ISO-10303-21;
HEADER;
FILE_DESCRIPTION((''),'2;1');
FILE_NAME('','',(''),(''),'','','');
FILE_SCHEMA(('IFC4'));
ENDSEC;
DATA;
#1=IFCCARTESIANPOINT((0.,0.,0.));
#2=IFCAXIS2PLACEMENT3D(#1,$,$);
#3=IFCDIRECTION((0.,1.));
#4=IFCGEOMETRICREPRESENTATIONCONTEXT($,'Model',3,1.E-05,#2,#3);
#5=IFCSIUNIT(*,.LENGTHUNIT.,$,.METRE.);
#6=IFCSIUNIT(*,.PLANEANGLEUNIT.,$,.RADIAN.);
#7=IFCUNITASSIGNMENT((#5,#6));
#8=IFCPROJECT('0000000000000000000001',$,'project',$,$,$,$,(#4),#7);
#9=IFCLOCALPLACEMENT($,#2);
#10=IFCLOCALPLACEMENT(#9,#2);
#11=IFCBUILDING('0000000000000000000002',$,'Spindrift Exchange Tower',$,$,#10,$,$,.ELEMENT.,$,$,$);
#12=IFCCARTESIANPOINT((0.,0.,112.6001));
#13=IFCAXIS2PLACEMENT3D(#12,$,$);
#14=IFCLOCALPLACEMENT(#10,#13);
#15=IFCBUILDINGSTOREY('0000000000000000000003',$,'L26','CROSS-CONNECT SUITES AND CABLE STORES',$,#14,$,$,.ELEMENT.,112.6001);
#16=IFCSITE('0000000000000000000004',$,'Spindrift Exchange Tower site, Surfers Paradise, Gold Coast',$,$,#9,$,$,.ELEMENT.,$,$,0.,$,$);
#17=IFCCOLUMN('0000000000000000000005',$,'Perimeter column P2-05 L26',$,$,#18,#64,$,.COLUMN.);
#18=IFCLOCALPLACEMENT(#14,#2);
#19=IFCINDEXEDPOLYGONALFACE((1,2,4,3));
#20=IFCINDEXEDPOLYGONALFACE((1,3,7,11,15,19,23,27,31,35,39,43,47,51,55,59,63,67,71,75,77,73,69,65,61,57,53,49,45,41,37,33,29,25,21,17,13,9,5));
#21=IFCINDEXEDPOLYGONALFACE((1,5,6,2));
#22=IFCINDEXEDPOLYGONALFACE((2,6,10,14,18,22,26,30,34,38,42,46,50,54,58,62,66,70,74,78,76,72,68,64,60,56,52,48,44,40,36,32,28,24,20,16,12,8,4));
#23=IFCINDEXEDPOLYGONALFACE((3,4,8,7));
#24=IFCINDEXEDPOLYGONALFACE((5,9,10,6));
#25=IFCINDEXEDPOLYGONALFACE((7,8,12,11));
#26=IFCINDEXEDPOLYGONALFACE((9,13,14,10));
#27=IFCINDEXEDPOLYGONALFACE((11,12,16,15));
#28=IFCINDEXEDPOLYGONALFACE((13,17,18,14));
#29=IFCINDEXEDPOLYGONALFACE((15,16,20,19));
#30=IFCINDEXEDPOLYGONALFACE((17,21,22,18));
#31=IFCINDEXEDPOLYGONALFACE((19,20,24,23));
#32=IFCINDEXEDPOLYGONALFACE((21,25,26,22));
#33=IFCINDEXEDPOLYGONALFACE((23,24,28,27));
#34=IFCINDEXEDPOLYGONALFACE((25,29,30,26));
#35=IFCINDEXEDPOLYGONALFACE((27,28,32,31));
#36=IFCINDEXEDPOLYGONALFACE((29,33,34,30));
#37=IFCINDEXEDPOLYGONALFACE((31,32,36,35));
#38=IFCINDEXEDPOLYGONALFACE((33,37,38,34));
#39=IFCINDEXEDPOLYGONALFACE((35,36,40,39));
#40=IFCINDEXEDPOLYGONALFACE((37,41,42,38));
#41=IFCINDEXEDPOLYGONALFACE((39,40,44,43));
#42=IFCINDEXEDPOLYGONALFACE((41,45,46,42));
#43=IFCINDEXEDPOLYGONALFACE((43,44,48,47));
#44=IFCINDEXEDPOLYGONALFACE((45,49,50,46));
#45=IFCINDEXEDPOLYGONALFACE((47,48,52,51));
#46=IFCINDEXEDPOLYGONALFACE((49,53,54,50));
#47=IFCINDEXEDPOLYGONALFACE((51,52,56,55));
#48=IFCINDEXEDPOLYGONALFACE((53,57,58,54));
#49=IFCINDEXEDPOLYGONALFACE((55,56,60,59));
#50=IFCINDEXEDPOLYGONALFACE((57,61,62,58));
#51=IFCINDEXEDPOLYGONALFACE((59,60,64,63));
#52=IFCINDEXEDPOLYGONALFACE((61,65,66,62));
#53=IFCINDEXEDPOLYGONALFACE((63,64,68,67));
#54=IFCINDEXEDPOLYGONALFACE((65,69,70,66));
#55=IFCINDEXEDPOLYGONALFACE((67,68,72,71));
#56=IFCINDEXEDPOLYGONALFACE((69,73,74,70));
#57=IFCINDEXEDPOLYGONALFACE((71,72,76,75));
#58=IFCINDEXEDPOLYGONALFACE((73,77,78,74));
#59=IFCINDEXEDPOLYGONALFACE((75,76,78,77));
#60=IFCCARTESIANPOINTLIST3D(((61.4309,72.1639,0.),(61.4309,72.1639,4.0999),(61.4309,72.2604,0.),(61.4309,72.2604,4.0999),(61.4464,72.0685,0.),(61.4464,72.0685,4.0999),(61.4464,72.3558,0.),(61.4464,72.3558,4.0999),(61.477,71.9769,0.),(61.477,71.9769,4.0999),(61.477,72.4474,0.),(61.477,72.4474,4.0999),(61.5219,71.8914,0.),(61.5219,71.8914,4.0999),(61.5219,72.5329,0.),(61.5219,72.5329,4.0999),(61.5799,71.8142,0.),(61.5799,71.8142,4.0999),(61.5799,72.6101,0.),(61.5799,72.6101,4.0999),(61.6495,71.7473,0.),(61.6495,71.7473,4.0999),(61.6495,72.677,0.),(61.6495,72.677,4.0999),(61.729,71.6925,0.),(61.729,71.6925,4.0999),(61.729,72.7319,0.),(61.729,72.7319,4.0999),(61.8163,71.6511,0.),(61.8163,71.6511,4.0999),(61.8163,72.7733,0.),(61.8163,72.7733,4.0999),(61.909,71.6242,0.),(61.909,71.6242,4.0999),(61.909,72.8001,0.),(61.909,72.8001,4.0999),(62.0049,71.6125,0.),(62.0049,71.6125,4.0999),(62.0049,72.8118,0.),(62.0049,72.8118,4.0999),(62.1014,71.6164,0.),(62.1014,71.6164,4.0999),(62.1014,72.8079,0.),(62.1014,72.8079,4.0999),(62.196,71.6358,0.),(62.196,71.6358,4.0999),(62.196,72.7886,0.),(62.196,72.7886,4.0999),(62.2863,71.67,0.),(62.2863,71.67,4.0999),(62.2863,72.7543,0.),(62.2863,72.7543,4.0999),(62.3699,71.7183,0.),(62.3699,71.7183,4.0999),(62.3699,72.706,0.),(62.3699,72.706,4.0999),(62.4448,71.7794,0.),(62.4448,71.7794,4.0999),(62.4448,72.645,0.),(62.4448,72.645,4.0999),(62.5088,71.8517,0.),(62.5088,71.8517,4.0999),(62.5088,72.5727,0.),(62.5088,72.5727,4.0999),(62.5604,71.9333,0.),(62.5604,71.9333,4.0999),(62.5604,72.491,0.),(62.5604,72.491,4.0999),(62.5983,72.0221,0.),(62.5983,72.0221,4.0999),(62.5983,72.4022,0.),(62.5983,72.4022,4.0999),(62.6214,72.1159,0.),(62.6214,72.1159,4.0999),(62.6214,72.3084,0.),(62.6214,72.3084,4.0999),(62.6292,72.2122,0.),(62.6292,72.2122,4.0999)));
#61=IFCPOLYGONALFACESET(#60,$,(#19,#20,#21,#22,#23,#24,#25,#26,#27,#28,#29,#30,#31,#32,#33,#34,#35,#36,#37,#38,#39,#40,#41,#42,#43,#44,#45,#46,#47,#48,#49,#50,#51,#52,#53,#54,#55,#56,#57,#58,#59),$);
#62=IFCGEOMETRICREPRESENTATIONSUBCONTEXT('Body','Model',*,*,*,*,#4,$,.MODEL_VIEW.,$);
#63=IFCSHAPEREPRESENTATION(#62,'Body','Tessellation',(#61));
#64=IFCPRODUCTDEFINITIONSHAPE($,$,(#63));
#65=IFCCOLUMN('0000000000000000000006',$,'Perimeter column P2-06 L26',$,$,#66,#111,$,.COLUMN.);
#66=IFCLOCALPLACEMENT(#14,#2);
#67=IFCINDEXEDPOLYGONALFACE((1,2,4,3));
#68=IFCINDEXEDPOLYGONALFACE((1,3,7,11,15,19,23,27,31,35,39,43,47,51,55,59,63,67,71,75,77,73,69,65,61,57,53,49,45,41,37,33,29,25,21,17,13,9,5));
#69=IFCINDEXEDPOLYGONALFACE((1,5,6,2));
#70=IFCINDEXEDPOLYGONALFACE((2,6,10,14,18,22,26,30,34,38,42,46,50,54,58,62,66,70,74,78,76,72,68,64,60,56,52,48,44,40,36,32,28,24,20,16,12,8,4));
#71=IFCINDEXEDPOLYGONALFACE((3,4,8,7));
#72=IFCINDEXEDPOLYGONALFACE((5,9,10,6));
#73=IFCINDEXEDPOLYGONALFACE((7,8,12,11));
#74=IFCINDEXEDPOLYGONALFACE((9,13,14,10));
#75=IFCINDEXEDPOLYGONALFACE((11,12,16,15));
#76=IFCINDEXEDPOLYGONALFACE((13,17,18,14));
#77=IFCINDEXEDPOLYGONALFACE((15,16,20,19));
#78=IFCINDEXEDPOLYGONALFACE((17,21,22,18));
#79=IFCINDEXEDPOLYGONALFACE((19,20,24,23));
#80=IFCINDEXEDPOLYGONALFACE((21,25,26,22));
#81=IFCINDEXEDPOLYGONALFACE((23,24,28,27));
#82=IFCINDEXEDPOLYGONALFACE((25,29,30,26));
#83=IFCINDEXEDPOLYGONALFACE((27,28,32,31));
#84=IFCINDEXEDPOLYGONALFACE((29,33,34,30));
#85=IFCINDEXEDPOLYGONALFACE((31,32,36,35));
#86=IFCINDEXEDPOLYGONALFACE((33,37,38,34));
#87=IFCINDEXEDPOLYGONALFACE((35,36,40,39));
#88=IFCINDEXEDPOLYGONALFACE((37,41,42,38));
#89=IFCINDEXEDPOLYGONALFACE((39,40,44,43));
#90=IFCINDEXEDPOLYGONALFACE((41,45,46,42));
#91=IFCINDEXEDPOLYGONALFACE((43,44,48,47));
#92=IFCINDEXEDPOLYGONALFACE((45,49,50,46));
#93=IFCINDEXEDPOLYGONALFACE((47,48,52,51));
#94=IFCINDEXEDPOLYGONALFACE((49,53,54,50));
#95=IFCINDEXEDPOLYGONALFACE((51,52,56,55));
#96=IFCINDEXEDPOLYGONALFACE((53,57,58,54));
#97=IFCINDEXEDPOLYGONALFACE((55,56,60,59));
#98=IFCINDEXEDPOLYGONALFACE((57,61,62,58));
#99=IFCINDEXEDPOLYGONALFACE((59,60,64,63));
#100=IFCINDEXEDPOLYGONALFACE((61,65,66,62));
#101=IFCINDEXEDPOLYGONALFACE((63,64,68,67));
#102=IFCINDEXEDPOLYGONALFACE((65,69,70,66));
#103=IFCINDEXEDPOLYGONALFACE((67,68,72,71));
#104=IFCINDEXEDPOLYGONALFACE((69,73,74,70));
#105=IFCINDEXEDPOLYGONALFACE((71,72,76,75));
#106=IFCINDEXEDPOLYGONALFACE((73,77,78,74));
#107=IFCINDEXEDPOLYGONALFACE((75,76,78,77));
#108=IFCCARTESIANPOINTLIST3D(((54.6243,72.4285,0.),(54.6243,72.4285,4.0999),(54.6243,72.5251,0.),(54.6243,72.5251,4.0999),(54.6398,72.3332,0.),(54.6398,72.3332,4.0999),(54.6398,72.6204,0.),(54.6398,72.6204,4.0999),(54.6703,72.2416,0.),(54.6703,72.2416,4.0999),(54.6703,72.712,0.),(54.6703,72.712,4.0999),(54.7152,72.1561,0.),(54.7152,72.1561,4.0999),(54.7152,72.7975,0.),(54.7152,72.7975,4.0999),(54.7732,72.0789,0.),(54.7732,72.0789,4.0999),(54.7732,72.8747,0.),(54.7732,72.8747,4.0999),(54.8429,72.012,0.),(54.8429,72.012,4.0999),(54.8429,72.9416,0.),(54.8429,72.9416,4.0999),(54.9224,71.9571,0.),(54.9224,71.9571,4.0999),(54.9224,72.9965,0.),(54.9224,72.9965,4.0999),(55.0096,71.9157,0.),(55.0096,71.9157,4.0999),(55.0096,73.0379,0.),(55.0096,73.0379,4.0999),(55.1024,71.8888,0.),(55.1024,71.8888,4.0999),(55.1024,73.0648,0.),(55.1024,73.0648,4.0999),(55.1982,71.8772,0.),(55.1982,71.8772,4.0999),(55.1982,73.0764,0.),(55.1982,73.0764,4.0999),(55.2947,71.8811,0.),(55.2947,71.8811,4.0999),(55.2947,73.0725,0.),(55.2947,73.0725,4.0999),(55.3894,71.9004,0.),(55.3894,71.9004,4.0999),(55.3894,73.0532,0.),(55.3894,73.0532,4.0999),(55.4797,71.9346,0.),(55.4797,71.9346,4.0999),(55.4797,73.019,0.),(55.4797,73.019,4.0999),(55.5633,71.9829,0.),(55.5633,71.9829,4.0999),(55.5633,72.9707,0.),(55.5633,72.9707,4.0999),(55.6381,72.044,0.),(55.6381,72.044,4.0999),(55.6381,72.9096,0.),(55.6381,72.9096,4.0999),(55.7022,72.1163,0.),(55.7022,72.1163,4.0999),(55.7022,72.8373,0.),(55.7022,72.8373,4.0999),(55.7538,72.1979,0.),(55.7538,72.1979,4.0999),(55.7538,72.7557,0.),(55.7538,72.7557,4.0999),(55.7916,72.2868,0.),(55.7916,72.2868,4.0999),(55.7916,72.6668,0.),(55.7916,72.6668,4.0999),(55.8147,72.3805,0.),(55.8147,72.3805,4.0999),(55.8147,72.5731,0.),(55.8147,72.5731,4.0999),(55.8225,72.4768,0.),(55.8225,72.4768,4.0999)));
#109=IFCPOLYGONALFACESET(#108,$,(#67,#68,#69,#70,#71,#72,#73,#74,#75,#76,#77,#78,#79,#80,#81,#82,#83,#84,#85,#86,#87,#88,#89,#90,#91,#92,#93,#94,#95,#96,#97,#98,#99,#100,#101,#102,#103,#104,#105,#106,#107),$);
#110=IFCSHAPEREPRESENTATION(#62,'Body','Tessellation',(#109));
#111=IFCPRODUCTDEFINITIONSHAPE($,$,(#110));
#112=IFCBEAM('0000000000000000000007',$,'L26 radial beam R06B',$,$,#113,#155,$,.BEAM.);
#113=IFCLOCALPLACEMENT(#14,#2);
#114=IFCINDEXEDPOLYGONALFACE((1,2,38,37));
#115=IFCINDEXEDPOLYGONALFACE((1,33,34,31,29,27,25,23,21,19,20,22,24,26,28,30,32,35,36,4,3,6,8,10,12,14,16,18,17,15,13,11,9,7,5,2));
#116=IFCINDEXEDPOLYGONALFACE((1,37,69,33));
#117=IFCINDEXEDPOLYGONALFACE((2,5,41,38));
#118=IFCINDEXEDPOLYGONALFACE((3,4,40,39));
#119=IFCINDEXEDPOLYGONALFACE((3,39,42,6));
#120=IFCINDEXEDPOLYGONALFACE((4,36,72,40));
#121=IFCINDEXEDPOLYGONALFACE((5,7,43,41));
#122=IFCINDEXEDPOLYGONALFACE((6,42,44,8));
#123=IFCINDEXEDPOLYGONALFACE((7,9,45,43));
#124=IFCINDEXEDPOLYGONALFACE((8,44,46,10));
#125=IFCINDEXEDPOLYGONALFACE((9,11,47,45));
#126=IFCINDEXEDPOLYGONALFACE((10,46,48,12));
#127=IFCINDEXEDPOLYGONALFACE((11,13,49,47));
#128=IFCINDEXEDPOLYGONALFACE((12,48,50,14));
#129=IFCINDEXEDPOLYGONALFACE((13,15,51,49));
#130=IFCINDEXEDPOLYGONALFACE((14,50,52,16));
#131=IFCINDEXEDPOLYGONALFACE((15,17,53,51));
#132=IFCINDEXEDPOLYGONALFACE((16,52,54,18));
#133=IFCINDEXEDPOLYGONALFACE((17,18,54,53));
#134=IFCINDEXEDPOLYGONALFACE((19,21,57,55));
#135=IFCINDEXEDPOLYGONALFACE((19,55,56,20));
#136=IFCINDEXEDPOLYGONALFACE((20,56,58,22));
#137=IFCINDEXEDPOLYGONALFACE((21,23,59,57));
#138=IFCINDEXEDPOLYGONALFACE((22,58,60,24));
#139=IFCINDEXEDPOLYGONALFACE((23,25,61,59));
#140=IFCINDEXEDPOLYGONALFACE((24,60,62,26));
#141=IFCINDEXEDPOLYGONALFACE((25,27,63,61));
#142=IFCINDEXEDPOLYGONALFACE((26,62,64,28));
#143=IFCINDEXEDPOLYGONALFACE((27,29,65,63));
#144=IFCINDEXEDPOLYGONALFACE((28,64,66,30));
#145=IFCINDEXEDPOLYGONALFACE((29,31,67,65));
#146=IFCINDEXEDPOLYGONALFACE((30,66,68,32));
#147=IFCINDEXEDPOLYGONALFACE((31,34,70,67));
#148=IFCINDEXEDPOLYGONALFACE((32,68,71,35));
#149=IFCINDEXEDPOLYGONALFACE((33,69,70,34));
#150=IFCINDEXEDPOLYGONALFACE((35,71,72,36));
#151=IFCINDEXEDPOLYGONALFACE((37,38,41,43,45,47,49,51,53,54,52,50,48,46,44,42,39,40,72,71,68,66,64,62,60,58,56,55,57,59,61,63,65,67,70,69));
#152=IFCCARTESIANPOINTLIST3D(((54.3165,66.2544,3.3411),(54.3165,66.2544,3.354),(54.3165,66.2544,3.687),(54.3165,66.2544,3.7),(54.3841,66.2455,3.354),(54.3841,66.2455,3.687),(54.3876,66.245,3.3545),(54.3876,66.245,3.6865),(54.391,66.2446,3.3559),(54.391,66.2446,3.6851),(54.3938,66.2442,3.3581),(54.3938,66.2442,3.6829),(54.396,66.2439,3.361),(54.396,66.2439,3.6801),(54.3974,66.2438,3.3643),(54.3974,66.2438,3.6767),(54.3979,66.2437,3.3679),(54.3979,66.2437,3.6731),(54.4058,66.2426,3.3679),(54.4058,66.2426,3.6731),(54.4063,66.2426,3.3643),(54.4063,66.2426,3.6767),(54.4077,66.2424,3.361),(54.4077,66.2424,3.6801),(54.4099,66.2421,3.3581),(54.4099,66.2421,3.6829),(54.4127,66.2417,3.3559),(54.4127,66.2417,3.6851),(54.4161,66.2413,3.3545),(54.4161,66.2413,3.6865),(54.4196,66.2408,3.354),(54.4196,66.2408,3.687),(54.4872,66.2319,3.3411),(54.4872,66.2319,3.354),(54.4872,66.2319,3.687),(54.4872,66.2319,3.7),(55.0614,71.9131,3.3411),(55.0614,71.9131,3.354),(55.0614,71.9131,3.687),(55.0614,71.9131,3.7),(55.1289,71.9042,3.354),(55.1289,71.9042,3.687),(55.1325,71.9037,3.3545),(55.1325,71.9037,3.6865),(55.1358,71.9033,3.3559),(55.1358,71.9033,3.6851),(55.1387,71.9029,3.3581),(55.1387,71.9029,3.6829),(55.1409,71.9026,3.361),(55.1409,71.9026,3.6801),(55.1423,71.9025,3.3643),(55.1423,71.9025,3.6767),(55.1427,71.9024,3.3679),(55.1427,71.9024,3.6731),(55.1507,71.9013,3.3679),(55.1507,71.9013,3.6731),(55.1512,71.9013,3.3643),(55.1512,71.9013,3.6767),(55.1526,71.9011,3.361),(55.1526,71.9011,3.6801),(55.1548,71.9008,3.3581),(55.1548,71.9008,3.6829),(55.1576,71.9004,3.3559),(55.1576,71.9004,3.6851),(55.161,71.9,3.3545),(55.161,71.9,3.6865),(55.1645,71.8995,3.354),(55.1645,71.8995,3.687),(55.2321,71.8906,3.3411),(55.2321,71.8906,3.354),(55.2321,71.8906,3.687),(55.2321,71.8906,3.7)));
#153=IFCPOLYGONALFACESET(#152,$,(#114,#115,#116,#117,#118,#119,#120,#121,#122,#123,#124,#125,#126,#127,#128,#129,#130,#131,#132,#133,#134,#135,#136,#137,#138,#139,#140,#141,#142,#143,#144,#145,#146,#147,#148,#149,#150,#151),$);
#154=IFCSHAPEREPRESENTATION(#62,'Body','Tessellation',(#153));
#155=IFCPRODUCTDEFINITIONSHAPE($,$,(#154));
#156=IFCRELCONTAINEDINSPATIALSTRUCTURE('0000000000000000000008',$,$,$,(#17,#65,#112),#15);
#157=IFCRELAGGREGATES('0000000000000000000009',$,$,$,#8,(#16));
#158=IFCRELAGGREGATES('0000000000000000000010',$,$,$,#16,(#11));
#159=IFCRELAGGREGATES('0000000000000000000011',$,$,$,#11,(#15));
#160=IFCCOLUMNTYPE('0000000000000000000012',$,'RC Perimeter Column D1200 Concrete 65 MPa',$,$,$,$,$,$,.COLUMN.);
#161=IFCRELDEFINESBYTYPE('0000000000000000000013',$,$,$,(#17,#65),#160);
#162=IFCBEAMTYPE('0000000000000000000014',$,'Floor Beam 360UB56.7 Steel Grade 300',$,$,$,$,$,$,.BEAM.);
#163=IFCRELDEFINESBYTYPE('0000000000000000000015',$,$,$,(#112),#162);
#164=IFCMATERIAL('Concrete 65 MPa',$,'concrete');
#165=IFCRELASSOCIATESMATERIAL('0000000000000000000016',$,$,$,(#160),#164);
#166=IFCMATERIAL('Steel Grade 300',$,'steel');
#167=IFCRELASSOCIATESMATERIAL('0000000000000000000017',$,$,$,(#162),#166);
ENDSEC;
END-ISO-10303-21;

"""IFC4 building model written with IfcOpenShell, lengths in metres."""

from ifc_helpers import new_model, si_unit, direction, frame, origin, origin_2d, place, context, subcontext, project, spatial, circle, i_section, extrude, source, transform, mapped, material, material_profile, profile_set, type_object, element, save


model = new_model("IFC4")

# Units and contexts
model_context = context("Model", 3, precision=1e-05, world=origin(), true_north=direction((0.0, 1.0)))
body_context = subcontext(model_context, "Body", "Model", "MODEL_VIEW")
ifc_project = project(units=[si_unit("LENGTHUNIT", "METRE"), si_unit("PLANEANGLEUNIT", "RADIAN")], contexts=[model_context])

# Site, building, storey
site_placement = place(None, origin())
site = spatial("IfcSite", under=ifc_project, at=site_placement, Name="Spindrift Exchange Tower site, Surfers Paradise, Gold Coast", CompositionType="ELEMENT", RefElevation=0.0)
building_placement = place(site_placement, origin())
building = spatial("IfcBuilding", under=site, at=building_placement, Name="Spindrift Exchange Tower", CompositionType="ELEMENT")
storey_placement = place(building_placement, frame((0.0, 0.0, 112.6001)))
storey = spatial("IfcBuildingStorey", under=building, at=storey_placement, Name="L26", Description="CROSS-CONNECT SUITES AND CABLE STORES", CompositionType="ELEMENT", Elevation=112.6001)

# Columns
ifc_material_1 = material(Name="Concrete 65 MPa", Category="concrete")
ifc_material_profile_1 = material_profile(ifc_material_1, circle(Radius=0.6001, at=origin_2d()), Name="RC D1200")
ifc_profile_set_1 = profile_set([ifc_material_profile_1], Name="Concrete 65 MPa")
column_type = type_object("IfcColumnType", Name="RC Perimeter Column D1200 Concrete 65 MPa", PredefinedType="COLUMN", material=ifc_profile_set_1)
shared_shape_1 = source(origin(), body_context, "Body", "SweptSolid", [
    extrude(circle(Radius=0.6001, at=origin_2d()), origin(), (0.0, 0.0, 1.0), 4.0999),
])
for number, where, z_axis, x_axis, name in (
    (1, (62.0291, 72.2122, 0.0), (0.0, 0.0, 1.0), (1.0, 0.0, 0.0), "Perimeter column P2-05 L26"),
    (2, (55.2224, 72.4768, 0.0), (0.0, 0.0, 1.0), (1.0, 0.0, 0.0), "Perimeter column P2-06 L26"),
):
    element("IfcColumn", number, at=place(storey_placement, frame(where, z_axis=z_axis, x_axis=x_axis)), inside=storey, type_object=column_type, Name=name, PredefinedType="COLUMN", context=body_context, shape_type="MappedRepresentation", body=[
        mapped(shared_shape_1, transform((0.0, 0.0, 0.0), scale=1.0)),
    ])

# Beam
ifc_material_2 = material(Name="Steel Grade 300", Category="steel")
ifc_material_profile_2 = material_profile(ifc_material_2, i_section(OverallWidth=0.1721, OverallDepth=0.3589, WebThickness=0.0081, FlangeThickness=0.0129, FilletRadius=0.0139, at=origin_2d()), Name="360UB56.7")
ifc_profile_set_2 = profile_set([ifc_material_profile_2], Name="Steel Grade 300")
beam_type_1 = type_object("IfcBeamType", Name="Floor Beam 360UB56.7 Steel Grade 300", PredefinedType="BEAM", material=ifc_profile_set_2)
shared_shape_2 = source(origin(), body_context, "Body", "SweptSolid", [
    extrude(i_section(OverallWidth=0.1721, OverallDepth=0.3589, WebThickness=0.0081, FlangeThickness=0.0129, FilletRadius=0.0139, at=origin_2d()), origin(), (0.0, 0.0, 1.0), 5.7075),
])
beam_1_placement = place(storey_placement, frame((54.4019, 66.2432, 3.5205), z_axis=(0.130508, 0.991447, 0.0), x_axis=(-0.991447, 0.130508, 0.0)))
element("IfcBeam", 3, at=beam_1_placement, inside=storey, type_object=beam_type_1, Name="L26 radial beam R06B", PredefinedType="BEAM", context=body_context, shape_type="MappedRepresentation", body=[
    mapped(shared_shape_2, transform((0.0, 0.0, 0.0), scale=1.0)),
])

save(model, "model.ifc")
